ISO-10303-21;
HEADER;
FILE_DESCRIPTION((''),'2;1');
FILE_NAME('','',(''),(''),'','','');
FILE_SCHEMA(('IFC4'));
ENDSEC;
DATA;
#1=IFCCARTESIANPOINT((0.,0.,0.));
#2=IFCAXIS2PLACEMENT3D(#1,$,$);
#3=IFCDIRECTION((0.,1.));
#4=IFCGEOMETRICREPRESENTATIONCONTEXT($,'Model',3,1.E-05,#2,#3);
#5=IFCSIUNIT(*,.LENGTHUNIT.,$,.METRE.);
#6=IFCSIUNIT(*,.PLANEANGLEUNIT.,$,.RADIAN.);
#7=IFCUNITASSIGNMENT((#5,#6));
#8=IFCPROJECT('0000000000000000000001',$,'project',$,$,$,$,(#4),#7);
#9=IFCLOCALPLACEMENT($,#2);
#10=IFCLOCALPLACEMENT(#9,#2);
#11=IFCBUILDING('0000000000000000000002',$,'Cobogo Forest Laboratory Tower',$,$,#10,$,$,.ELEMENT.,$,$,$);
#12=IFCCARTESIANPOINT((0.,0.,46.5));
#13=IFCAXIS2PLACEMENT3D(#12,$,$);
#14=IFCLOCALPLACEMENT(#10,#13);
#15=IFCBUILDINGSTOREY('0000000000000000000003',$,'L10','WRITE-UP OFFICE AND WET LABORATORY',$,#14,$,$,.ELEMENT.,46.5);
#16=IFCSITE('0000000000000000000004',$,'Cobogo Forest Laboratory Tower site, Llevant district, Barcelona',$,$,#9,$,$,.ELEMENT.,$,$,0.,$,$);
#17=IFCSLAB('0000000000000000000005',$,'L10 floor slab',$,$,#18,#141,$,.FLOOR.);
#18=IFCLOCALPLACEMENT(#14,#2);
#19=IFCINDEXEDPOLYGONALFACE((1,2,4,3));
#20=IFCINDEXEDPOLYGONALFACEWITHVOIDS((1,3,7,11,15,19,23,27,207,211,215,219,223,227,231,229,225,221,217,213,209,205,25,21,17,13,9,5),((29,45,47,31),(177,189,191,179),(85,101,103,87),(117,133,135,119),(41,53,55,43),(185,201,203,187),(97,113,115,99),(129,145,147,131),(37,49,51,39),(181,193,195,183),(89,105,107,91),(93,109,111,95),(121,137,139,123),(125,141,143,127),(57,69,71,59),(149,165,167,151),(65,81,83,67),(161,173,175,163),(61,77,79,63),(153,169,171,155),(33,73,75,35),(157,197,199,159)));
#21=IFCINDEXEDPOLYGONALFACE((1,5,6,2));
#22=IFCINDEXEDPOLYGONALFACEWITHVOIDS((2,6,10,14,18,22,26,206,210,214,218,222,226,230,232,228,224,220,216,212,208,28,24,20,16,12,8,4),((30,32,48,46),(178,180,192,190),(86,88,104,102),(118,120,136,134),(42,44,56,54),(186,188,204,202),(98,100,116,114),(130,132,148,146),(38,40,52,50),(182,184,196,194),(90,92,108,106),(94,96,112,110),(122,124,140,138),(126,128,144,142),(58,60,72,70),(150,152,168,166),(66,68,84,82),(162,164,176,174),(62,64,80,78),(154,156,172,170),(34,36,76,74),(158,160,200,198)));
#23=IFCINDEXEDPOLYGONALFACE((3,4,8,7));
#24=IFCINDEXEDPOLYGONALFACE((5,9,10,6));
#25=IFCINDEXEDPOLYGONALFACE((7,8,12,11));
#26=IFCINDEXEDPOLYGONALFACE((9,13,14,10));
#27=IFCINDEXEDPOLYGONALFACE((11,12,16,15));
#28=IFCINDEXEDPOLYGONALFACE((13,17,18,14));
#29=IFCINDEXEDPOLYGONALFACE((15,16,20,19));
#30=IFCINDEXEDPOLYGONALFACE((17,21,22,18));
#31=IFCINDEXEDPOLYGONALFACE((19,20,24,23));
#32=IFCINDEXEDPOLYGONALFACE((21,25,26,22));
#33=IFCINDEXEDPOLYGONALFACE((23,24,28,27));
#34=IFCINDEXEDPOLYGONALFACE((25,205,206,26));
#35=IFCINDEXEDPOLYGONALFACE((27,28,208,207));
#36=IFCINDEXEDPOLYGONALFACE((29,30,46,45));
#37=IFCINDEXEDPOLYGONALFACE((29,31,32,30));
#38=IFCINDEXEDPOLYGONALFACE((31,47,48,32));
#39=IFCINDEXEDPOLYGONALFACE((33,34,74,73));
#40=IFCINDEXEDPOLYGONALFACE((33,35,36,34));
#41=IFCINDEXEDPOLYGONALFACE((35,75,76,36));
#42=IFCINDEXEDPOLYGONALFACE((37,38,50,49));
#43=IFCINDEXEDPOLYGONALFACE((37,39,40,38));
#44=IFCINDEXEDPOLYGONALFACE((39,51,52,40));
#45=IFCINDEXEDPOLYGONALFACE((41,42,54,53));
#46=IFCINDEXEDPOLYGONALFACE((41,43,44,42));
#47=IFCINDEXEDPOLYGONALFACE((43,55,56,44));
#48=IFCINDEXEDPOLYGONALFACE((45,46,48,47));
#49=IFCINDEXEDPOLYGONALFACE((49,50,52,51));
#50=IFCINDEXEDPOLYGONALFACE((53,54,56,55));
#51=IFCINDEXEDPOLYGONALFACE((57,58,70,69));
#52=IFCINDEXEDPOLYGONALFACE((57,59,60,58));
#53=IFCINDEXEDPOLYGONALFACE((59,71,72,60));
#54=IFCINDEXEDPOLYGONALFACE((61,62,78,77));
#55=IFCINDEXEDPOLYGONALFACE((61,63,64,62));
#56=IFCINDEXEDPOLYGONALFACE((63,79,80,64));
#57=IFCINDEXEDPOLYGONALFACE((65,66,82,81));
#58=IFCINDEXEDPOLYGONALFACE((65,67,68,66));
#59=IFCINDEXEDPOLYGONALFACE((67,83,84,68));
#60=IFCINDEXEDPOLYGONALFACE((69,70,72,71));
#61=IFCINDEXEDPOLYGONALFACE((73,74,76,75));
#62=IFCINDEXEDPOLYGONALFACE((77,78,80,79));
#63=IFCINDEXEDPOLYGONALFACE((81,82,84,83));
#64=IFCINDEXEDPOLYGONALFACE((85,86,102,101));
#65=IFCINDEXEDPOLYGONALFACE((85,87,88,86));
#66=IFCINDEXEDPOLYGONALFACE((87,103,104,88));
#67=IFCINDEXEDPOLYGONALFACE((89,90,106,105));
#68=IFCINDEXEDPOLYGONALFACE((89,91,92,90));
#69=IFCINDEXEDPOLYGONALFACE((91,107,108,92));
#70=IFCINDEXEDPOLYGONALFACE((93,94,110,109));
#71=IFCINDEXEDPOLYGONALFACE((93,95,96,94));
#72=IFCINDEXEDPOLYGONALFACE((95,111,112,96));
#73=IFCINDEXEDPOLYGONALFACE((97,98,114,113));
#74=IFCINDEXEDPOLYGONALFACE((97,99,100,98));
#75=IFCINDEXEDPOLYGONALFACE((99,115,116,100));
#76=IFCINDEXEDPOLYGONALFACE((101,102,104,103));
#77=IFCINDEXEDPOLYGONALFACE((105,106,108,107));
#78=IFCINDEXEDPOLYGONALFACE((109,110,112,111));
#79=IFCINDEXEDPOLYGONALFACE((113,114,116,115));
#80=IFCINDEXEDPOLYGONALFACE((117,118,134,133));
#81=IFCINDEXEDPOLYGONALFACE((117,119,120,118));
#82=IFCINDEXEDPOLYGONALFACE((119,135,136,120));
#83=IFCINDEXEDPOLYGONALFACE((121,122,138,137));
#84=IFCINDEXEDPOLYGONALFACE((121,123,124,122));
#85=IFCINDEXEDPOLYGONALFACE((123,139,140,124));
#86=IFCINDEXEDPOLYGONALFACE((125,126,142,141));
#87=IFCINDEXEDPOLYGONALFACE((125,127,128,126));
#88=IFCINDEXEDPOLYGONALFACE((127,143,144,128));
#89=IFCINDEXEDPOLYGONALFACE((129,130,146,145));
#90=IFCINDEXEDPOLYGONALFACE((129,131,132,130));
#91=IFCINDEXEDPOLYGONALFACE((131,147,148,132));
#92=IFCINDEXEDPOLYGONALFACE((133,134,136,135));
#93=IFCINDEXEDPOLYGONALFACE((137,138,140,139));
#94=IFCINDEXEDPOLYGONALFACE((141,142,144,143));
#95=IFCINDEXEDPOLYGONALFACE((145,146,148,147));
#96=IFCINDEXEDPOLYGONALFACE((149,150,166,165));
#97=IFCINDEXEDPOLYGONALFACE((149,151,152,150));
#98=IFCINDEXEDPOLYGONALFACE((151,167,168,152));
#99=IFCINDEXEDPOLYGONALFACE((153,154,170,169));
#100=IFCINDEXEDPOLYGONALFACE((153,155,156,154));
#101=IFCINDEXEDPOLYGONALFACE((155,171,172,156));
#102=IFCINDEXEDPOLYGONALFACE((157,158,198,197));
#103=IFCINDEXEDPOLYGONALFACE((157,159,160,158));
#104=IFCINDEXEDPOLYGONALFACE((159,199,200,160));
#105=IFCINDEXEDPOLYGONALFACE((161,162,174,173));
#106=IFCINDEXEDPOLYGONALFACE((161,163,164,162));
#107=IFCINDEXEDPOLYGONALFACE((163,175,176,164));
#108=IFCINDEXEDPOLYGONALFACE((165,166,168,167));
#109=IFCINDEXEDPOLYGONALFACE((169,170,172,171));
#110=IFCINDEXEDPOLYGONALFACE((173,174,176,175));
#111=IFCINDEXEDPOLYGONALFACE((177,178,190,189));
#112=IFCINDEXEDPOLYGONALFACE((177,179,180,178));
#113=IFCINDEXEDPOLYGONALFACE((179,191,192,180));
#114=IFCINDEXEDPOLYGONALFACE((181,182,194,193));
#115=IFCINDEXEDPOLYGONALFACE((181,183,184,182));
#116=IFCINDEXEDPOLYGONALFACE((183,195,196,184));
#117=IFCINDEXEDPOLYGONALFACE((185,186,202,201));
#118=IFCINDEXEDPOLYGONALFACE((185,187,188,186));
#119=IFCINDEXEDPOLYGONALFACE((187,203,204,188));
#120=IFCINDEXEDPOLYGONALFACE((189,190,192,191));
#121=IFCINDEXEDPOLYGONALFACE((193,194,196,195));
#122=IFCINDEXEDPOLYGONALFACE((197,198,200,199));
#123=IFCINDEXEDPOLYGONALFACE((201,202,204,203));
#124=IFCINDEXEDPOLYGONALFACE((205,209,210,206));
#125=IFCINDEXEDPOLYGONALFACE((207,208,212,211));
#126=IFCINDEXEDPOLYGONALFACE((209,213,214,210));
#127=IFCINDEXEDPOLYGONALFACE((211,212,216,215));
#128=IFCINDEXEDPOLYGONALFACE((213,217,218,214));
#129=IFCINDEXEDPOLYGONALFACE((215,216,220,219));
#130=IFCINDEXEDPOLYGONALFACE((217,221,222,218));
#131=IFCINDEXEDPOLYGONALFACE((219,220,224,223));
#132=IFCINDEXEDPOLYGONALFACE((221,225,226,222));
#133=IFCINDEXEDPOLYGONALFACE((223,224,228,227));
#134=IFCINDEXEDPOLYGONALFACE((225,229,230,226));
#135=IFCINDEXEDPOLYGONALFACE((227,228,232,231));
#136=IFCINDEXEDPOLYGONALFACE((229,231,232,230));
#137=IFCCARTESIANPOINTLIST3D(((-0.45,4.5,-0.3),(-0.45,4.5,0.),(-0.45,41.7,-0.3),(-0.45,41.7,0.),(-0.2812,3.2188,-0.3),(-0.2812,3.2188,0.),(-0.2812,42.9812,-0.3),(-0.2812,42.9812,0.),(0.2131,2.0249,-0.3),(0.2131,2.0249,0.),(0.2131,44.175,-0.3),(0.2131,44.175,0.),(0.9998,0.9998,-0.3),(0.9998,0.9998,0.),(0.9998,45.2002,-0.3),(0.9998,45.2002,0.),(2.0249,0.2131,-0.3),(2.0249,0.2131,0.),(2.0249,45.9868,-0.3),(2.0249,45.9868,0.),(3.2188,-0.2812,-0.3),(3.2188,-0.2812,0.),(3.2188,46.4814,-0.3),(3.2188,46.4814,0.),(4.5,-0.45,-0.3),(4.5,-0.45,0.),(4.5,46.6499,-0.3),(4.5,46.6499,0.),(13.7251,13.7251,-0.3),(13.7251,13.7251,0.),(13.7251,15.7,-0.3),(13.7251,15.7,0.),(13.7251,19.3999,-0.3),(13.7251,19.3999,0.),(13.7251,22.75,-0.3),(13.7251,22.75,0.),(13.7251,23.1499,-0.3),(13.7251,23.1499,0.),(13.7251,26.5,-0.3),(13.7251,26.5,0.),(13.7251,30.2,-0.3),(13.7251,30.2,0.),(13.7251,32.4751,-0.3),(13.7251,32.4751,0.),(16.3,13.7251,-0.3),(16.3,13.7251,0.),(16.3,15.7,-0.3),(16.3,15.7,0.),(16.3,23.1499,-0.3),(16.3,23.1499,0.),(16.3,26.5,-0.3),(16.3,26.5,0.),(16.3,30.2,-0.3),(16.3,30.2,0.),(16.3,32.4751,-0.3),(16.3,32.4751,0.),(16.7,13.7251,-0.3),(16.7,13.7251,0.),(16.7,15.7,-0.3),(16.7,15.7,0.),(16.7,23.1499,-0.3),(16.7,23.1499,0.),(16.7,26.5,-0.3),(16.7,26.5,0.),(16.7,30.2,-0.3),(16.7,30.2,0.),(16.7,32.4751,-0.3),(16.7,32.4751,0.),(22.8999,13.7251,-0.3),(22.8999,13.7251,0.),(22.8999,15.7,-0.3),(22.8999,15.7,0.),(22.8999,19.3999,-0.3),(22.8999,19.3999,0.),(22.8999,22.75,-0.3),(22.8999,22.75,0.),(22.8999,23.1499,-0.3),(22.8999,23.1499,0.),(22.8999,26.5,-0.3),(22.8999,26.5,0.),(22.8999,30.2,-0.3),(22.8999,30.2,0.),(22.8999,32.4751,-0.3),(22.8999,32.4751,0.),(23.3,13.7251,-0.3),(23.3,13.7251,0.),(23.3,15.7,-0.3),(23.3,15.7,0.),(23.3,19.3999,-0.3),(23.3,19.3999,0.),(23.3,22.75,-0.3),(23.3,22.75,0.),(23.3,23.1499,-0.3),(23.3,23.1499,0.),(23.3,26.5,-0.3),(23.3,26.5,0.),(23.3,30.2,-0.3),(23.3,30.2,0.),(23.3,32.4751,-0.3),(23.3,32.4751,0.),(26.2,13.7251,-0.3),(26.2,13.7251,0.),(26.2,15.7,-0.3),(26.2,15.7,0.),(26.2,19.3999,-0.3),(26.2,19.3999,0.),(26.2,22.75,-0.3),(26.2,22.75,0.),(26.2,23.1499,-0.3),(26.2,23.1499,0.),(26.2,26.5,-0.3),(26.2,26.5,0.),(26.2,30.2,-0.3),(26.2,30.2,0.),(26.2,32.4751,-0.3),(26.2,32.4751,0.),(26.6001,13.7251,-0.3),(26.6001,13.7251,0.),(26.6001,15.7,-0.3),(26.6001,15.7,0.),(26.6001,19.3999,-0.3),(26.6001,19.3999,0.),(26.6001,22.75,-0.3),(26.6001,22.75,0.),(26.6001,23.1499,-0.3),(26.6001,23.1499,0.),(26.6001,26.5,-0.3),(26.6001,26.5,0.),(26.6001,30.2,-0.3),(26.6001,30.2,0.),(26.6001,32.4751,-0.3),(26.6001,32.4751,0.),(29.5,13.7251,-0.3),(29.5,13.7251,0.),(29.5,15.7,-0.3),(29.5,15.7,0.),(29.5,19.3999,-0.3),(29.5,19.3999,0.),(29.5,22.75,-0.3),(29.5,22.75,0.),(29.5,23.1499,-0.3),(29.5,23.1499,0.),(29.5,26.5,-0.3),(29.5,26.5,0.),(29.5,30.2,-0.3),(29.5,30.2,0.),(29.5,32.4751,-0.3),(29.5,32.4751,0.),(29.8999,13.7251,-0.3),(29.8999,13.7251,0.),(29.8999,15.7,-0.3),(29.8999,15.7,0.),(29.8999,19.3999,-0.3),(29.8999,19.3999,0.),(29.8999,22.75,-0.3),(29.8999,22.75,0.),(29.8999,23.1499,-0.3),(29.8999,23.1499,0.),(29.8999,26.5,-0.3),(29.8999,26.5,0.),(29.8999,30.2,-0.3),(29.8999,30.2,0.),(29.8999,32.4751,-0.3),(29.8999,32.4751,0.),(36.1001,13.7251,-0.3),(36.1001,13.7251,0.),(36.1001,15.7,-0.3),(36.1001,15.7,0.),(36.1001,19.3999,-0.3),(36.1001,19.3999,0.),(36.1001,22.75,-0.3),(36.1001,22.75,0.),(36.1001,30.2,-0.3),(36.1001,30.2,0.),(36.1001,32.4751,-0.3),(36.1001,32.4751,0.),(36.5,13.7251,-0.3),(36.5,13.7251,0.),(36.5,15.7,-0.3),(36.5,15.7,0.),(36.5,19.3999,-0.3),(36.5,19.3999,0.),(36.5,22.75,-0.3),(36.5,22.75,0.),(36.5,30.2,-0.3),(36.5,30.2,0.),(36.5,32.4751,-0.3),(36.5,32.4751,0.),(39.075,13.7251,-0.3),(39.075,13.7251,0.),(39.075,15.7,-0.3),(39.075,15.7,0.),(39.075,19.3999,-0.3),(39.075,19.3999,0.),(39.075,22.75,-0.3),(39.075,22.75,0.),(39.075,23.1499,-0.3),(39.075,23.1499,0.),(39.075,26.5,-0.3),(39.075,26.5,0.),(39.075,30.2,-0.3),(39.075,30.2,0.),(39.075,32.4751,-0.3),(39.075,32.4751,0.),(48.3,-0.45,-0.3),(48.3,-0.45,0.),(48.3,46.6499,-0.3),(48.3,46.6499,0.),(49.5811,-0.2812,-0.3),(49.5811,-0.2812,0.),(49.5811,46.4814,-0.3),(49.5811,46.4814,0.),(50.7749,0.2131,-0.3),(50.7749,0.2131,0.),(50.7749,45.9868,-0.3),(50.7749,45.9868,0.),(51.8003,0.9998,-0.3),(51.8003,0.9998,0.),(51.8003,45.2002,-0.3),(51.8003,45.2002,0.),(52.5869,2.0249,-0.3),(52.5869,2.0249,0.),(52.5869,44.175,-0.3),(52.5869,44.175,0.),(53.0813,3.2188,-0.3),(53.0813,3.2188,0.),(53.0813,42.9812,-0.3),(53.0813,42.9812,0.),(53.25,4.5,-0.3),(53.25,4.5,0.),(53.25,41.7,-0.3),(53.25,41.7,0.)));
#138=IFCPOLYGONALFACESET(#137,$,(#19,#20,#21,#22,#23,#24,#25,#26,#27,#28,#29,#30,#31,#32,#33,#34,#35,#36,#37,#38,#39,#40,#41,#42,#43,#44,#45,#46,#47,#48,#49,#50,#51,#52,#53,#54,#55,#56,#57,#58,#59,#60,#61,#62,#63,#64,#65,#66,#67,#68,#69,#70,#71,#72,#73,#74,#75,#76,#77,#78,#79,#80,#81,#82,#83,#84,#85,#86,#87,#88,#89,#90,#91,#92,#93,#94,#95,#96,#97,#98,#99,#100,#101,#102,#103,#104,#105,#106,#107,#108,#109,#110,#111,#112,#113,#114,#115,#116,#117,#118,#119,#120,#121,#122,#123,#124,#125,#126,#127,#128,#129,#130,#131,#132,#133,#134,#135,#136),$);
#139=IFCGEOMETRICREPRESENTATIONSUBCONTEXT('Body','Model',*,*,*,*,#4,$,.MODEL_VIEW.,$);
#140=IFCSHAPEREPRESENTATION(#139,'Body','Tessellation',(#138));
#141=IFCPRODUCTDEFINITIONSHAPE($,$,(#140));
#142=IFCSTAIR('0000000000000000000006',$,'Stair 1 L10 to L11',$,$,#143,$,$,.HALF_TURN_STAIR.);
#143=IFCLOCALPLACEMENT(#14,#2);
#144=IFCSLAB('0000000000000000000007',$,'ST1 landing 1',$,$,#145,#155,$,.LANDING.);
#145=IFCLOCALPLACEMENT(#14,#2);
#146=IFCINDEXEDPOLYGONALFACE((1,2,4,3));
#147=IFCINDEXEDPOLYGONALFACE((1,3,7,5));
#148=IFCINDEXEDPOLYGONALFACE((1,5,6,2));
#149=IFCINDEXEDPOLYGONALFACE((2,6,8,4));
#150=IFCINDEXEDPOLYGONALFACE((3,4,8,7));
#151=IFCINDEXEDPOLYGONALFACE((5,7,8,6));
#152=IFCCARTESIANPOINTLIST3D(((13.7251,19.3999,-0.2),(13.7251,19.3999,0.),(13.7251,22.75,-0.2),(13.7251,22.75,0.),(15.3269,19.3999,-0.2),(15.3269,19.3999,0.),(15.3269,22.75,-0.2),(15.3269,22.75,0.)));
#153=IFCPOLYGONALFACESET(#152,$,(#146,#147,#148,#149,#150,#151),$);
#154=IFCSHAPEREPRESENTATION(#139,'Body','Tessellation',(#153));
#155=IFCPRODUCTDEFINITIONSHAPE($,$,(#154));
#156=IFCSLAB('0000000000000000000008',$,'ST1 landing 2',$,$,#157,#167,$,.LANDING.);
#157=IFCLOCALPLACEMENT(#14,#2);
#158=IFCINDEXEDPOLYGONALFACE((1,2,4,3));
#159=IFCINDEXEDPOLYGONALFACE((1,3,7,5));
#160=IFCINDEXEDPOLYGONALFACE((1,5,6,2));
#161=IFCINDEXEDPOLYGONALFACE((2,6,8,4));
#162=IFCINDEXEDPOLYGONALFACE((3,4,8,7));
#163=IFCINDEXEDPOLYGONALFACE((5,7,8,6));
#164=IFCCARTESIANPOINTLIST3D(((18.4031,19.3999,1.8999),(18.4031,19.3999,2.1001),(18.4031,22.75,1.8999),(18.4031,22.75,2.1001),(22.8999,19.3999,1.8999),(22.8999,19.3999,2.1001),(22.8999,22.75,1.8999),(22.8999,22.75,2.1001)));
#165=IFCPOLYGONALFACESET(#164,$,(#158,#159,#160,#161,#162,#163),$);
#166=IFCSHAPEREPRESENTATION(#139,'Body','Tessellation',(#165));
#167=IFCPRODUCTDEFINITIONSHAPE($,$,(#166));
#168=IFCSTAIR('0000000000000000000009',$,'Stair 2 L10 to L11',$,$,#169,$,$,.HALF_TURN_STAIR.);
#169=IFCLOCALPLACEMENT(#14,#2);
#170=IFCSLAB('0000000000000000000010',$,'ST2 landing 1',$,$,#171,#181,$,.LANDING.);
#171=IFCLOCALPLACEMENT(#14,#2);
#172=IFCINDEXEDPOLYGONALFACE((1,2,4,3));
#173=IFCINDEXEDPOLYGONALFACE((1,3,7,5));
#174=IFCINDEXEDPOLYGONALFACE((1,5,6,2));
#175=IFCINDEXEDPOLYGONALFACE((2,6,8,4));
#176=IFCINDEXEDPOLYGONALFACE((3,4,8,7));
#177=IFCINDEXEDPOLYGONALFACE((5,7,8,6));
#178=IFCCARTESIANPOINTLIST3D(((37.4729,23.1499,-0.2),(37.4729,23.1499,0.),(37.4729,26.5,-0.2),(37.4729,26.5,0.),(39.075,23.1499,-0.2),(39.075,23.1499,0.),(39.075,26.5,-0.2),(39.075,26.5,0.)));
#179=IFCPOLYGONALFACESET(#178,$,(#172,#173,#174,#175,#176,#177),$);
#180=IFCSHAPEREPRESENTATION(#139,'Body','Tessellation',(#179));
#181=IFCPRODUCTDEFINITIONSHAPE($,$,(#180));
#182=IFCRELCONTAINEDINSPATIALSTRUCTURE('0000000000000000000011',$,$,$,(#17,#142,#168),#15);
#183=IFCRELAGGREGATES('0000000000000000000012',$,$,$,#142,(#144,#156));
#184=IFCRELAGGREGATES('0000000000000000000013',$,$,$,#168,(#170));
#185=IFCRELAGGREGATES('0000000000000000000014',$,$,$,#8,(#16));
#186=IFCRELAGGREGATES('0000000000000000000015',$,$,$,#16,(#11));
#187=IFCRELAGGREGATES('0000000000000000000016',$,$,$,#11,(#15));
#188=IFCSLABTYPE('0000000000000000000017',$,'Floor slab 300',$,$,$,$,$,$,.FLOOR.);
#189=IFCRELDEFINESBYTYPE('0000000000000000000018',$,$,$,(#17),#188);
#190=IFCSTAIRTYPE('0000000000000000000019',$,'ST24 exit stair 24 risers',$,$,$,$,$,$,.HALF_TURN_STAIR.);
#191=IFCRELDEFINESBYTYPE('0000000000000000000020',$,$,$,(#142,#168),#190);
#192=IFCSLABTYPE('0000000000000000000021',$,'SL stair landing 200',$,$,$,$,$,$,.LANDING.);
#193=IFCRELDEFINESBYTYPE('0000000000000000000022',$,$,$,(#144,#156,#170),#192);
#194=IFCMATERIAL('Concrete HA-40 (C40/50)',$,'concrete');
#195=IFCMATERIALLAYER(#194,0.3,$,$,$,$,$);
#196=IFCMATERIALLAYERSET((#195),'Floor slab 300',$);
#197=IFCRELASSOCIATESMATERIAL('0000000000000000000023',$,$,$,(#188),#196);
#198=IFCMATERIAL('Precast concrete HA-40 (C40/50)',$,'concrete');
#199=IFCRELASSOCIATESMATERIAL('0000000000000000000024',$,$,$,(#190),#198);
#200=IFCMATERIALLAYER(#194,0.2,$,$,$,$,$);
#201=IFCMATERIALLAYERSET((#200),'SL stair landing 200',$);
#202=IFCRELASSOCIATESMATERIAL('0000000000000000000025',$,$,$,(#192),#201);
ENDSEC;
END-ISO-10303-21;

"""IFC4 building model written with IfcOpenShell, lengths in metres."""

from ifc_helpers import new_model, si_unit, direction, frame, origin, place, context, subcontext, project, spatial, polyline, outline, extrude, material, layer, layer_set, type_object, element, aggregate, save


model = new_model("IFC4")

# Units and contexts
model_context = context("Model", 3, precision=1e-05, world=origin(), true_north=direction((0.0, 1.0)))
body_context = subcontext(model_context, "Body", "Model", "MODEL_VIEW")
ifc_project = project(units=[si_unit("LENGTHUNIT", "METRE"), si_unit("PLANEANGLEUNIT", "RADIAN")], contexts=[model_context])

# Site, building, storey
site_placement = place(None, origin())
site = spatial("IfcSite", under=ifc_project, at=site_placement, Name="Cobogo Forest Laboratory Tower site, Llevant district, Barcelona", CompositionType="ELEMENT", RefElevation=0.0)
building_placement = place(site_placement, origin())
building = spatial("IfcBuilding", under=site, at=building_placement, Name="Cobogo Forest Laboratory Tower", CompositionType="ELEMENT")
storey_placement = place(building_placement, frame((0.0, 0.0, 46.5)))
storey = spatial("IfcBuildingStorey", under=building, at=storey_placement, Name="L10", Description="WRITE-UP OFFICE AND WET LABORATORY", CompositionType="ELEMENT", Elevation=46.5)

# Slab
ifc_material_1 = material(Name="Concrete HA-40 (C40/50)", Category="concrete")
ifc_layer_1 = layer(ifc_material_1, 0.3)
ifc_layer_set_1 = layer_set([ifc_layer_1], Name="Floor slab 300")
slab_type_1 = type_object("IfcSlabType", Name="Floor slab 300", PredefinedType="FLOOR", material=ifc_layer_set_1)
slab_1_placement = place(storey_placement, frame((0.0, 0.0, -0.3)))
element("IfcSlab", 1, at=slab_1_placement, inside=storey, type_object=slab_type_1, Name="L10 floor slab", PredefinedType="FLOOR", context=body_context, shape_type="SweptSolid", body=[
    extrude(outline(polyline([(48.3, -0.45), (49.5811, -0.2812), (50.7749, 0.2131), (51.8003, 0.9998), (52.5869, 2.0249), (53.0813, 3.2188), (53.25, 4.5), (53.25, 41.7), (53.0813, 42.9812), (52.5869, 44.175), (51.8003, 45.2002), (50.7749, 45.9868), (49.5811, 46.4814), (48.3, 46.6499), (4.5, 46.6499), (3.2188, 46.4814), (2.0249, 45.9868), (0.9998, 45.2002), (0.2131, 44.175), (-0.2812, 42.9812), (-0.45, 41.7), (-0.45, 4.5), (-0.2812, 3.2188), (0.2131, 2.0249), (0.9998, 0.9998), (2.0249, 0.2131), (3.2188, -0.2812), (4.5, -0.45), (48.3, -0.45)]), holes=[polyline([(16.3, 13.7251), (13.7251, 13.7251), (13.7251, 15.7), (16.3, 15.7), (16.3, 13.7251)]), polyline([(22.8999, 15.7), (22.8999, 13.7251), (16.7, 13.7251), (16.7, 15.7), (22.8999, 15.7)]), polyline([(23.3, 13.7251), (23.3, 15.7), (26.2, 15.7), (26.2, 13.7251), (23.3, 13.7251)]), polyline([(29.5, 13.7251), (26.6001, 13.7251), (26.6001, 15.7), (29.5, 15.7), (29.5, 13.7251)]), polyline([(36.1001, 15.7), (36.1001, 13.7251), (29.8999, 13.7251), (29.8999, 15.7), (36.1001, 15.7)]), polyline([(36.5, 13.7251), (36.5, 15.7), (39.075, 15.7), (39.075, 13.7251), (36.5, 13.7251)]), polyline([(13.7251, 19.3999), (13.7251, 22.75), (22.8999, 22.75), (22.8999, 19.3999), (13.7251, 19.3999)]), polyline([(23.3, 19.3999), (23.3, 22.75), (26.2, 22.75), (26.2, 19.3999), (23.3, 19.3999)]), polyline([(26.6001, 19.3999), (26.6001, 22.75), (29.5, 22.75), (29.5, 19.3999), (26.6001, 19.3999)]), polyline([(36.1001, 22.75), (36.1001, 19.3999), (29.8999, 19.3999), (29.8999, 22.75), (36.1001, 22.75)]), polyline([(39.075, 19.3999), (36.5, 19.3999), (36.5, 22.75), (39.075, 22.75), (39.075, 19.3999)]), polyline([(13.7251, 23.1499), (13.7251, 26.5), (16.3, 26.5), (16.3, 23.1499), (13.7251, 23.1499)]), polyline([(22.8999, 26.5), (22.8999, 23.1499), (16.7, 23.1499), (16.7, 26.5), (22.8999, 26.5)]), polyline([(23.3, 23.1499), (23.3, 26.5), (26.2, 26.5), (26.2, 23.1499), (23.3, 23.1499)]), polyline([(26.6001, 23.1499), (26.6001, 26.5), (29.5, 26.5), (29.5, 23.1499), (26.6001, 23.1499)]), polyline([(29.8999, 23.1499), (29.8999, 26.5), (39.075, 26.5), (39.075, 23.1499), (29.8999, 23.1499)]), polyline([(13.7251, 30.2), (13.7251, 32.4751), (16.3, 32.4751), (16.3, 30.2), (13.7251, 30.2)]), polyline([(22.8999, 32.4751), (22.8999, 30.2), (16.7, 30.2), (16.7, 32.4751), (22.8999, 32.4751)]), polyline([(23.3, 30.2), (23.3, 32.4751), (26.2, 32.4751), (26.2, 30.2), (23.3, 30.2)]), polyline([(26.6001, 30.2), (26.6001, 32.4751), (29.5, 32.4751), (29.5, 30.2), (26.6001, 30.2)]), polyline([(36.1001, 32.4751), (36.1001, 30.2), (29.8999, 30.2), (29.8999, 32.4751), (36.1001, 32.4751)]), polyline([(36.5, 30.2), (36.5, 32.4751), (39.075, 32.4751), (39.075, 30.2), (36.5, 30.2)])]), origin(), (0.0, 0.0, 1.0), 0.3),
])

# Stairs, slabs
ifc_material_2 = material(Name="Precast concrete HA-40 (C40/50)", Category="concrete")
stair_type = type_object("IfcStairType", Name="ST24 exit stair 24 risers", PredefinedType="HALF_TURN_STAIR", material=ifc_material_2)
stair_1_placement = place(storey_placement, origin())
stair_1 = element("IfcStair", 2, at=stair_1_placement, inside=storey, type_object=stair_type, Name="Stair 1 L10 to L11", PredefinedType="HALF_TURN_STAIR")
ifc_layer_2 = layer(ifc_material_1, 0.2)
ifc_layer_set_2 = layer_set([ifc_layer_2], Name="SL stair landing 200")
slab_type_2 = type_object("IfcSlabType", Name="SL stair landing 200", PredefinedType="LANDING", material=ifc_layer_set_2)
slab_2_placement = place(storey_placement, frame((0.0, 0.0, -0.2)))
slab_2 = element("IfcSlab", 3, at=slab_2_placement, type_object=slab_type_2, Name="ST1 landing 1", PredefinedType="LANDING", context=body_context, shape_type="SweptSolid", body=[
    extrude(outline(polyline([(13.7251, 19.3999), (15.3269, 19.3999), (15.3269, 22.75), (13.7251, 22.75), (13.7251, 19.3999)])), origin(), (0.0, 0.0, 1.0), 0.2),
])
slab_3_placement = place(storey_placement, frame((0.0, 0.0, 1.8999)))
slab_3 = element("IfcSlab", 4, at=slab_3_placement, type_object=slab_type_2, Name="ST1 landing 2", PredefinedType="LANDING", context=body_context, shape_type="SweptSolid", body=[
    extrude(outline(polyline([(18.4031, 19.3999), (22.8999, 19.3999), (22.8999, 22.75), (18.4031, 22.75), (18.4031, 19.3999)])), origin(), (0.0, 0.0, 1.0), 0.2002),
])
aggregate(stair_1, [slab_2, slab_3])
stair_2_placement = place(storey_placement, origin())
stair_2 = element("IfcStair", 5, at=stair_2_placement, inside=storey, type_object=stair_type, Name="Stair 2 L10 to L11", PredefinedType="HALF_TURN_STAIR")
slab_4_placement = place(storey_placement, frame((0.0, 0.0, -0.2)))
slab_4 = element("IfcSlab", 6, at=slab_4_placement, type_object=slab_type_2, Name="ST2 landing 1", PredefinedType="LANDING", context=body_context, shape_type="SweptSolid", body=[
    extrude(outline(polyline([(37.4729, 23.1499), (39.075, 23.1499), (39.075, 26.5), (37.4729, 26.5), (37.4729, 23.1499)])), origin(), (0.0, 0.0, 1.0), 0.2),
])
aggregate(stair_2, [slab_4])

save(model, "model.ifc")
